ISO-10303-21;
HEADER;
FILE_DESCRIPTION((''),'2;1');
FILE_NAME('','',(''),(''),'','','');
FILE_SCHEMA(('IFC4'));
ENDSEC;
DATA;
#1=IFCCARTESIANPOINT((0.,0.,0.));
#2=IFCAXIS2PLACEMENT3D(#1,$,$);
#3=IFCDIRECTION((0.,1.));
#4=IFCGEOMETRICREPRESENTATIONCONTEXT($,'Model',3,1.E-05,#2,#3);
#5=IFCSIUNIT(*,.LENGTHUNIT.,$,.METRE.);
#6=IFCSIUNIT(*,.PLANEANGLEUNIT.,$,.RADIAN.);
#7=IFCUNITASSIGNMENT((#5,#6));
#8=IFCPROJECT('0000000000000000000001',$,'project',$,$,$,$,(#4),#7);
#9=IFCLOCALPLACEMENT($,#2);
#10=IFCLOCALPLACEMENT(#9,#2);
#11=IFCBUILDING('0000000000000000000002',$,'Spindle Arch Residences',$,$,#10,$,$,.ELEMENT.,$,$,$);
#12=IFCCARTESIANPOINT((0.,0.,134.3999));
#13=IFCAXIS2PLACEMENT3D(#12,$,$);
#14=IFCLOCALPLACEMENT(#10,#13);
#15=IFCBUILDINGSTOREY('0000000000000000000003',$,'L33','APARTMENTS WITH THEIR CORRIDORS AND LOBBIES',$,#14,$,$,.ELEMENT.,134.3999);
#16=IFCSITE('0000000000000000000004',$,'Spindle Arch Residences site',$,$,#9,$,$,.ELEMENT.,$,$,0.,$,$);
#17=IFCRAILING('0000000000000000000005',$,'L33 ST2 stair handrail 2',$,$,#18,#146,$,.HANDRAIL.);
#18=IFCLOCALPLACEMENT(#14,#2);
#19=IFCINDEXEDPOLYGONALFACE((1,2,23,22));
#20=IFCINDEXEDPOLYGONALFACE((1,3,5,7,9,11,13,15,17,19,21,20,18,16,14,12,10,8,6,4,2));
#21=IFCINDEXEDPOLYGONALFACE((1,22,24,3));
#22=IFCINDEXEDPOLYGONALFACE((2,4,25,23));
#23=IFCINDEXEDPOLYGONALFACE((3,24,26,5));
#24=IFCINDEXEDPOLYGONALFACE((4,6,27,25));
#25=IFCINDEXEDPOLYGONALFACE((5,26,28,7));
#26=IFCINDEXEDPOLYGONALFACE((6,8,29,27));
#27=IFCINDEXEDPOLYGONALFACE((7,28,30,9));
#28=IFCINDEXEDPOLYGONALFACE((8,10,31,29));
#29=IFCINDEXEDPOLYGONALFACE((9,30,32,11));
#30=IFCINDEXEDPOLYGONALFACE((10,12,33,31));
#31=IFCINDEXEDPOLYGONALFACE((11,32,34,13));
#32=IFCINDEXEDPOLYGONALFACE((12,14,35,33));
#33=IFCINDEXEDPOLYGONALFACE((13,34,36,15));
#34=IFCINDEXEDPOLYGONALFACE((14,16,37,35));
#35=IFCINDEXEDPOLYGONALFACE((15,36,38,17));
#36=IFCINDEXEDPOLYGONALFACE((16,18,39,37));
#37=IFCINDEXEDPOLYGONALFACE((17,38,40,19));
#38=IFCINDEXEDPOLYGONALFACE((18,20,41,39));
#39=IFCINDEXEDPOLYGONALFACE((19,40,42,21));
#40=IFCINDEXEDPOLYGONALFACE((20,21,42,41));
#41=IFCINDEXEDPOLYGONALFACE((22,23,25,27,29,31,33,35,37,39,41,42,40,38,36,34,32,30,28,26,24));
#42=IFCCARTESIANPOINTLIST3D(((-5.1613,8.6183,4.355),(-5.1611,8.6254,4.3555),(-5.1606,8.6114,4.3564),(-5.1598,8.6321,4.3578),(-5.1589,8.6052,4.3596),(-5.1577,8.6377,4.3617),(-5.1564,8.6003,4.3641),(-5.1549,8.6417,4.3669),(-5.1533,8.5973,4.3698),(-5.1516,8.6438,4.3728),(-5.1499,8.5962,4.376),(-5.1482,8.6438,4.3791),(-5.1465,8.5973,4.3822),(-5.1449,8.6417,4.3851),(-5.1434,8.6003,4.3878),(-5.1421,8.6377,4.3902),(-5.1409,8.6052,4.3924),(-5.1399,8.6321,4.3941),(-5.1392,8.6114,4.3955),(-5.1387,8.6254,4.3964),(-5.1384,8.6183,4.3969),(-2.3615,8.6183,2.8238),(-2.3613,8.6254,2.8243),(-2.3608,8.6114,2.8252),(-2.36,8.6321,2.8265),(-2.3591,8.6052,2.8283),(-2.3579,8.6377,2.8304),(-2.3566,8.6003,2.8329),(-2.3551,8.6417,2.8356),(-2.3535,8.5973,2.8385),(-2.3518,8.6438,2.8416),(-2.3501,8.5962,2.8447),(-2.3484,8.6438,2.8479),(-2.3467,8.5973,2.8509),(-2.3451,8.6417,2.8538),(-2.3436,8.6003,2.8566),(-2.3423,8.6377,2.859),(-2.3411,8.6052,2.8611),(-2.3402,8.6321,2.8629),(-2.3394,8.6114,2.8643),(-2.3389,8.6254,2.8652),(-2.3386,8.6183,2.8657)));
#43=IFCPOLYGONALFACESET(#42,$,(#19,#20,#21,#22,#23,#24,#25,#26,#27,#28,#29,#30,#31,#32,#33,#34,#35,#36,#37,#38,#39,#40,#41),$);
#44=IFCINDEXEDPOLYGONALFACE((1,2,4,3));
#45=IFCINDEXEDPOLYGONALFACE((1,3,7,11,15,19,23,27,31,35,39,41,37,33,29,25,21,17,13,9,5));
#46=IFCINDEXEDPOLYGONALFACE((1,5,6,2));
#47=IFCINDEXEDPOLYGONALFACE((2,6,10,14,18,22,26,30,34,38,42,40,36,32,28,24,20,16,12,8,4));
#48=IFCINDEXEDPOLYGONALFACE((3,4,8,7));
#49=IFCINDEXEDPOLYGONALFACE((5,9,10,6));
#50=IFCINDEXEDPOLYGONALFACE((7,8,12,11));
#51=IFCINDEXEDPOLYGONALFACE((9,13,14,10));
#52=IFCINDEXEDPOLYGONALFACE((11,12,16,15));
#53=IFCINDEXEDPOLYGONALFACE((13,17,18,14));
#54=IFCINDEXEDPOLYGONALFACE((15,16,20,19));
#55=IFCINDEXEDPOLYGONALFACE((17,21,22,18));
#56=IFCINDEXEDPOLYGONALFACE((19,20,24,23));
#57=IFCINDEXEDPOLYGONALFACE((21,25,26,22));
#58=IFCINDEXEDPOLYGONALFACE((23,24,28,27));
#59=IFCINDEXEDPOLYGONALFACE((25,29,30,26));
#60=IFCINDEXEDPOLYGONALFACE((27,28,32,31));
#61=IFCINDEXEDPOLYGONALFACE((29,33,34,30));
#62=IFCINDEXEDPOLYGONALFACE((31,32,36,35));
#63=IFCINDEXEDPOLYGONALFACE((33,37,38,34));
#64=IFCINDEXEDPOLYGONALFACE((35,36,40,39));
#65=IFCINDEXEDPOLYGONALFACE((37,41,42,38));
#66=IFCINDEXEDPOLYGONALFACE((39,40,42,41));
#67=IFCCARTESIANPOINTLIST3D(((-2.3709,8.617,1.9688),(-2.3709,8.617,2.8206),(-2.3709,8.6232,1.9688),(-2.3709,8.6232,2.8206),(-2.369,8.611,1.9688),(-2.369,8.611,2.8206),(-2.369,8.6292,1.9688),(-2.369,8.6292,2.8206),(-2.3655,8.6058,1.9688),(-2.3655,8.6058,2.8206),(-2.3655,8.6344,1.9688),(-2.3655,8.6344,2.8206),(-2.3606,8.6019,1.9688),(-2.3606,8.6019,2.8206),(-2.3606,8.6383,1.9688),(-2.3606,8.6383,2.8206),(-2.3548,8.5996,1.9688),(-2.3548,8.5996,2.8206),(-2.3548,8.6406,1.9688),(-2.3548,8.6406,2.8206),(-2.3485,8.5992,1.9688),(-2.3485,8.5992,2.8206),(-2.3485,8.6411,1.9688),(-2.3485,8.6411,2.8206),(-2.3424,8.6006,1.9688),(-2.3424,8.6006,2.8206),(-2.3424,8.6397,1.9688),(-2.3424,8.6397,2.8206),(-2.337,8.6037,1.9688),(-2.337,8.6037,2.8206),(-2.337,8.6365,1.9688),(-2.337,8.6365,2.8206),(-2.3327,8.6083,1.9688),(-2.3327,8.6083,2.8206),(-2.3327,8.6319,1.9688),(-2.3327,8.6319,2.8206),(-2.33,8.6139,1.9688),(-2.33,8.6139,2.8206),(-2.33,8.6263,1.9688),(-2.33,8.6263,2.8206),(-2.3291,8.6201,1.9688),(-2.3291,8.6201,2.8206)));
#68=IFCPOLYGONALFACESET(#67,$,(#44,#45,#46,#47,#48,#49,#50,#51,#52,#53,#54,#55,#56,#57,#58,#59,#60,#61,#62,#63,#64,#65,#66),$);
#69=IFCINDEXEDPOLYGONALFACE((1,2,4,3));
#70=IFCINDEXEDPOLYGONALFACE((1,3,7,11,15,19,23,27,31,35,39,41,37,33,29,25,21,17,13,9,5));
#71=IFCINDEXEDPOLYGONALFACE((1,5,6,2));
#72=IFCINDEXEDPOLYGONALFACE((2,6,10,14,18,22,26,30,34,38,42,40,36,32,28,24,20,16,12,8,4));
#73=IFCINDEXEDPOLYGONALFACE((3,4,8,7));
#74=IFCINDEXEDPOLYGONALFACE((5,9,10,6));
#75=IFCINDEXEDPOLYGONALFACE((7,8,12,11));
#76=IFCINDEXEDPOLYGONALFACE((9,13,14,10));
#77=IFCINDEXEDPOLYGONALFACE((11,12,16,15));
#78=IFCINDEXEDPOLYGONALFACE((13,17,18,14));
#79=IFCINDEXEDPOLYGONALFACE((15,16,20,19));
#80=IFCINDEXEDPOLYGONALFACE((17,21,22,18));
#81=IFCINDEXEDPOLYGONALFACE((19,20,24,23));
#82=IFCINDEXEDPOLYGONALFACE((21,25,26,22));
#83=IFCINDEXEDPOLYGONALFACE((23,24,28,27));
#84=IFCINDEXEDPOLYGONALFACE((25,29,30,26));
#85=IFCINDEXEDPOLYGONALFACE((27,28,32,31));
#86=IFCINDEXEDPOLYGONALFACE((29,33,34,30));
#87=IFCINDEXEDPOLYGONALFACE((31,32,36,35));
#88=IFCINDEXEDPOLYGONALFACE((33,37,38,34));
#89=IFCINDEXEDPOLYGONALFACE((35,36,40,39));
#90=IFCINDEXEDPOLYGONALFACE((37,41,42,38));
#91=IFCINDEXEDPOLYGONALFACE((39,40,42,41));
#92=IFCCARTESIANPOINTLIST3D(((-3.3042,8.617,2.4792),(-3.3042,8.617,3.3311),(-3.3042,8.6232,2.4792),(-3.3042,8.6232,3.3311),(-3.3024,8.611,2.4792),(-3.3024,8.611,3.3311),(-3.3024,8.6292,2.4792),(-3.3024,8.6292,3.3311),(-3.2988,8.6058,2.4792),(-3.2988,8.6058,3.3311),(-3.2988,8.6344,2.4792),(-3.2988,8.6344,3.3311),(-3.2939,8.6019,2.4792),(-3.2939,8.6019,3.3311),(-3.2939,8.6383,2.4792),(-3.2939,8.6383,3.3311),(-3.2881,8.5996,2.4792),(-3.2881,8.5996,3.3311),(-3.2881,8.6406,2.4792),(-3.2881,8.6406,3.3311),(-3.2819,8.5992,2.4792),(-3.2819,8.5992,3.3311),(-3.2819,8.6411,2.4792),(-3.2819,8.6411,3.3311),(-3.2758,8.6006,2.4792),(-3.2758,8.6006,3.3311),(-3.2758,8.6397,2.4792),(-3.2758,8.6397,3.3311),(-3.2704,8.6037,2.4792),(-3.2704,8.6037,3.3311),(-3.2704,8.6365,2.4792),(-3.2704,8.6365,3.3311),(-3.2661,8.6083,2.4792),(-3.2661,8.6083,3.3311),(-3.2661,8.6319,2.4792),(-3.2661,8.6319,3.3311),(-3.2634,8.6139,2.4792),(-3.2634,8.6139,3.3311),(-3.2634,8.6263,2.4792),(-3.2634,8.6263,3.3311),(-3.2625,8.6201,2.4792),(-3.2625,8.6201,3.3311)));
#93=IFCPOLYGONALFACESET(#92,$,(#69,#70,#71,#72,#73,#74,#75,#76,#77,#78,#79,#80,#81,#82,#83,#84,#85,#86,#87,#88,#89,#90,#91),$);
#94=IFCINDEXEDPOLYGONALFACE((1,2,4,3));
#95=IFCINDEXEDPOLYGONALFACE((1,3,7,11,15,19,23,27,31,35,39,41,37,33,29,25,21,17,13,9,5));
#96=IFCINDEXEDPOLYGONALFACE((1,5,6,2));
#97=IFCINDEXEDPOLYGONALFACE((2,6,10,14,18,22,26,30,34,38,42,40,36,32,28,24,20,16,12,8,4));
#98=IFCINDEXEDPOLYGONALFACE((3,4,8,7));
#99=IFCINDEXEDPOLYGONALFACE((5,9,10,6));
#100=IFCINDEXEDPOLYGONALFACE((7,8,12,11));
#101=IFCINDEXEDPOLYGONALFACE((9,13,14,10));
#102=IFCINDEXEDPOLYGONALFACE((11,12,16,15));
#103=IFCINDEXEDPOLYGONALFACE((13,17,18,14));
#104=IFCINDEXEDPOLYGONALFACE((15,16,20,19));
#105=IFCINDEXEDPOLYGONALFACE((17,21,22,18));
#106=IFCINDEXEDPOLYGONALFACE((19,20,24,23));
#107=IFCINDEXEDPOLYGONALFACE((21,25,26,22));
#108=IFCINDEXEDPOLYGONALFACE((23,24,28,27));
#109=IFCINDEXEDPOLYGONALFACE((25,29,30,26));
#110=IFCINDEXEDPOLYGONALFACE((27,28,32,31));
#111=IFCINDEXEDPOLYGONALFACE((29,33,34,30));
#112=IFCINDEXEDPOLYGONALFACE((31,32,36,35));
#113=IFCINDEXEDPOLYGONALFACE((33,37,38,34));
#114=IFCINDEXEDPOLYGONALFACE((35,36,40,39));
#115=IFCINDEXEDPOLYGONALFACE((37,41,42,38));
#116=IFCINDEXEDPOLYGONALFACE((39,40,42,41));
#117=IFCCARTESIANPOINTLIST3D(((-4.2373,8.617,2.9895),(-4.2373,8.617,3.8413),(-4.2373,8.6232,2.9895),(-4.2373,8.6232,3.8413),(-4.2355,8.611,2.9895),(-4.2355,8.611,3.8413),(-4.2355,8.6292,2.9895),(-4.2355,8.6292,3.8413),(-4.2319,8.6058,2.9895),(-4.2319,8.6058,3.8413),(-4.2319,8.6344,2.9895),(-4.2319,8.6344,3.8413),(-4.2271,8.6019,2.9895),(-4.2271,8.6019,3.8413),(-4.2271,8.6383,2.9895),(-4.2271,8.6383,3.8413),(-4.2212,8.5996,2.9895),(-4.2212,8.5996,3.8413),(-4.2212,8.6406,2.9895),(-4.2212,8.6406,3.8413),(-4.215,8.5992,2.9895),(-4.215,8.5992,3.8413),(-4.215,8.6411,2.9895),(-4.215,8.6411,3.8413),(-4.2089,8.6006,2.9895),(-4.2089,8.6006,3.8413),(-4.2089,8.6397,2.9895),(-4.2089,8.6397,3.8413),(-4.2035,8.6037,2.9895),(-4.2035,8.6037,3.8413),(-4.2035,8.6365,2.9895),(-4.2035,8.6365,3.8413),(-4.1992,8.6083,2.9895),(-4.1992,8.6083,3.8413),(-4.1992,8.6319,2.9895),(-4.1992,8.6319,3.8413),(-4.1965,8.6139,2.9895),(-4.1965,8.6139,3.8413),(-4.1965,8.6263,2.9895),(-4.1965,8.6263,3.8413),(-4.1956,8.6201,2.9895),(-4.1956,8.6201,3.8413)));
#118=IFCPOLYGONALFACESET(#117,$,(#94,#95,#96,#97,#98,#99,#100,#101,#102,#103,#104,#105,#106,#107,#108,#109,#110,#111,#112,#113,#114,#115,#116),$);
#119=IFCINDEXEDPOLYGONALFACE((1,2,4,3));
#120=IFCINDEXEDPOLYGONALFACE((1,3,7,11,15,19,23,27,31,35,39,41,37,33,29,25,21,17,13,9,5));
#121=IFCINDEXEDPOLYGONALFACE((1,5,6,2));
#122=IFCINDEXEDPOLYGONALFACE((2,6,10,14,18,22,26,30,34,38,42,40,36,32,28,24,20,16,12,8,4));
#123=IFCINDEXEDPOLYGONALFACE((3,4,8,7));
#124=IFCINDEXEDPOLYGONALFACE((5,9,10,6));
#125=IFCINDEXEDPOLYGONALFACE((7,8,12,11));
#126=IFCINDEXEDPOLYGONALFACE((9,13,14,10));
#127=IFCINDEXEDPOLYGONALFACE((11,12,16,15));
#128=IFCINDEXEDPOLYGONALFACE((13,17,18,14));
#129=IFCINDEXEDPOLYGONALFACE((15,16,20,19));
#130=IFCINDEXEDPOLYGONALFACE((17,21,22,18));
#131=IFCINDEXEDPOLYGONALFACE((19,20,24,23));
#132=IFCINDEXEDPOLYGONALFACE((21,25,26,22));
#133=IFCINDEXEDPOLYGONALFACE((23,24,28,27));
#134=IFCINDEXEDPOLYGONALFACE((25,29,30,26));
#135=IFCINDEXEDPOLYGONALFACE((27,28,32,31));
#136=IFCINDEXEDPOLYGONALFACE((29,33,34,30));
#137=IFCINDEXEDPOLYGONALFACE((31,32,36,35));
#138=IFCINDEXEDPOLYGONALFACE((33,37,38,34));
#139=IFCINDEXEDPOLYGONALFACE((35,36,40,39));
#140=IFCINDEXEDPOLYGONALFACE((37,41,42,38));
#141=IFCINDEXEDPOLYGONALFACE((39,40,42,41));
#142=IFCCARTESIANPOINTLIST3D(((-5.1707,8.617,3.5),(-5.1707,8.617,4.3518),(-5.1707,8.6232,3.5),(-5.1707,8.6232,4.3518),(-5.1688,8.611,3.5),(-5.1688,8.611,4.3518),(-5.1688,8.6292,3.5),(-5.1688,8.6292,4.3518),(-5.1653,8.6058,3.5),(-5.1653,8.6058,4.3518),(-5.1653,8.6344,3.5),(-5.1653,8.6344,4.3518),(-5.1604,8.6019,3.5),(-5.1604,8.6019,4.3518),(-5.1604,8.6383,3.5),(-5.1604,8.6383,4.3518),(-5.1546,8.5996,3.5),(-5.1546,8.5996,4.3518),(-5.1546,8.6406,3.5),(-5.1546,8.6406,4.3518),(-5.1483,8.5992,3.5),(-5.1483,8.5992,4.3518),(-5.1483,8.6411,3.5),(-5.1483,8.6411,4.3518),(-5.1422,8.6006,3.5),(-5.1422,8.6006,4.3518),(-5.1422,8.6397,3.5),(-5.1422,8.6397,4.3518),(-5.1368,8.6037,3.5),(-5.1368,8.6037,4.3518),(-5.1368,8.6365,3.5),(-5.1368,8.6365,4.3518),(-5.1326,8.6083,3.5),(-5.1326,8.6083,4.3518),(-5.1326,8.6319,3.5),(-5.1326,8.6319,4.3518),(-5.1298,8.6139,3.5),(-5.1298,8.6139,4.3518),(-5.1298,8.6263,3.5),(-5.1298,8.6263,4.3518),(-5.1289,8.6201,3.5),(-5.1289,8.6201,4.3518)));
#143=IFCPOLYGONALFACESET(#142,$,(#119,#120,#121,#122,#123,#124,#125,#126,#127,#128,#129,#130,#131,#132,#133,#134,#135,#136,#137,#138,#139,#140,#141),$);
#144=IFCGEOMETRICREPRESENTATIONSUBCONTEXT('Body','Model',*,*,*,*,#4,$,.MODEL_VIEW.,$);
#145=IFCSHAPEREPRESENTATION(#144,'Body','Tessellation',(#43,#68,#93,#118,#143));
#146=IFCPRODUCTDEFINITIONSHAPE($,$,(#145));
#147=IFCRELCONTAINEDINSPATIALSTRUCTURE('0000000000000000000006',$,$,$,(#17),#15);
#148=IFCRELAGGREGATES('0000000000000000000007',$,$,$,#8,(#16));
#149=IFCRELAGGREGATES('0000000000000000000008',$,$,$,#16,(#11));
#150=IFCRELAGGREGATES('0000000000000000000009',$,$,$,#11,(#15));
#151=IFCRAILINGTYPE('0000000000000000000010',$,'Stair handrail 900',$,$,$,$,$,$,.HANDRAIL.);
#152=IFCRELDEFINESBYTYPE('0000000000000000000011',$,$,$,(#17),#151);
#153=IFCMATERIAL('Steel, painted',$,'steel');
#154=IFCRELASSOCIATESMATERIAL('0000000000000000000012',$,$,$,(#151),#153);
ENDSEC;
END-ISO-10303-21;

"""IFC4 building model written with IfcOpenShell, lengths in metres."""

from ifc_helpers import new_model, si_unit, direction, frame, origin, origin_2d, place, context, subcontext, project, spatial, circle, extrude, material, type_object, element, save


model = new_model("IFC4")

# Units and contexts
model_context = context("Model", 3, precision=1e-05, world=origin(), true_north=direction((0.0, 1.0)))
body_context = subcontext(model_context, "Body", "Model", "MODEL_VIEW")
ifc_project = project(units=[si_unit("LENGTHUNIT", "METRE"), si_unit("PLANEANGLEUNIT", "RADIAN")], contexts=[model_context])

# Site, building, storey
site_placement = place(None, origin())
site = spatial("IfcSite", under=ifc_project, at=site_placement, Name="Spindle Arch Residences site", CompositionType="ELEMENT", RefElevation=0.0)
building_placement = place(site_placement, origin())
building = spatial("IfcBuilding", under=site, at=building_placement, Name="Spindle Arch Residences", CompositionType="ELEMENT")
storey_placement = place(building_placement, frame((0.0, 0.0, 134.3999)))
storey = spatial("IfcBuildingStorey", under=building, at=storey_placement, Name="L33", Description="APARTMENTS WITH THEIR CORRIDORS AND LOBBIES", CompositionType="ELEMENT", Elevation=134.3999)

# Railing
ifc_material_1 = material(Name="Steel, painted", Category="steel")
railing_type_1 = type_object("IfcRailingType", Name="Stair handrail 900", PredefinedType="HANDRAIL", material=ifc_material_1)
railing_1_placement = place(storey_placement, frame((-2.3501, 8.6201, 1.9688)))
element("IfcRailing", 1, at=railing_1_placement, inside=storey, type_object=railing_type_1, Name="L33 ST2 stair handrail 2", PredefinedType="HANDRAIL", context=body_context, shape_type="SweptSolid", body=[
    extrude(circle(Radius=0.0239, at=origin_2d()), frame((0.0, 0.0, 0.876), z_axis=(-0.877357, 0.0, 0.479838), x_axis=(0.0, -1.0, 0.0)), (0.0, 0.0, 1.0), 3.1912),
    extrude(circle(Radius=0.021, at=origin_2d()), origin(), (0.0, 0.0, 1.0), 0.8518),
    extrude(circle(Radius=0.021, at=origin_2d()), frame((-0.9333, 0.0, 0.5105)), (0.0, 0.0, 1.0), 0.8518),
    extrude(circle(Radius=0.021, at=origin_2d()), frame((-1.8665, 0.0, 1.0208)), (0.0, 0.0, 1.0), 0.8518),
    extrude(circle(Radius=0.021, at=origin_2d()), frame((-2.7998, 0.0, 1.5312)), (0.0, 0.0, 1.0), 0.8518),
])

save(model, "model.ifc")
